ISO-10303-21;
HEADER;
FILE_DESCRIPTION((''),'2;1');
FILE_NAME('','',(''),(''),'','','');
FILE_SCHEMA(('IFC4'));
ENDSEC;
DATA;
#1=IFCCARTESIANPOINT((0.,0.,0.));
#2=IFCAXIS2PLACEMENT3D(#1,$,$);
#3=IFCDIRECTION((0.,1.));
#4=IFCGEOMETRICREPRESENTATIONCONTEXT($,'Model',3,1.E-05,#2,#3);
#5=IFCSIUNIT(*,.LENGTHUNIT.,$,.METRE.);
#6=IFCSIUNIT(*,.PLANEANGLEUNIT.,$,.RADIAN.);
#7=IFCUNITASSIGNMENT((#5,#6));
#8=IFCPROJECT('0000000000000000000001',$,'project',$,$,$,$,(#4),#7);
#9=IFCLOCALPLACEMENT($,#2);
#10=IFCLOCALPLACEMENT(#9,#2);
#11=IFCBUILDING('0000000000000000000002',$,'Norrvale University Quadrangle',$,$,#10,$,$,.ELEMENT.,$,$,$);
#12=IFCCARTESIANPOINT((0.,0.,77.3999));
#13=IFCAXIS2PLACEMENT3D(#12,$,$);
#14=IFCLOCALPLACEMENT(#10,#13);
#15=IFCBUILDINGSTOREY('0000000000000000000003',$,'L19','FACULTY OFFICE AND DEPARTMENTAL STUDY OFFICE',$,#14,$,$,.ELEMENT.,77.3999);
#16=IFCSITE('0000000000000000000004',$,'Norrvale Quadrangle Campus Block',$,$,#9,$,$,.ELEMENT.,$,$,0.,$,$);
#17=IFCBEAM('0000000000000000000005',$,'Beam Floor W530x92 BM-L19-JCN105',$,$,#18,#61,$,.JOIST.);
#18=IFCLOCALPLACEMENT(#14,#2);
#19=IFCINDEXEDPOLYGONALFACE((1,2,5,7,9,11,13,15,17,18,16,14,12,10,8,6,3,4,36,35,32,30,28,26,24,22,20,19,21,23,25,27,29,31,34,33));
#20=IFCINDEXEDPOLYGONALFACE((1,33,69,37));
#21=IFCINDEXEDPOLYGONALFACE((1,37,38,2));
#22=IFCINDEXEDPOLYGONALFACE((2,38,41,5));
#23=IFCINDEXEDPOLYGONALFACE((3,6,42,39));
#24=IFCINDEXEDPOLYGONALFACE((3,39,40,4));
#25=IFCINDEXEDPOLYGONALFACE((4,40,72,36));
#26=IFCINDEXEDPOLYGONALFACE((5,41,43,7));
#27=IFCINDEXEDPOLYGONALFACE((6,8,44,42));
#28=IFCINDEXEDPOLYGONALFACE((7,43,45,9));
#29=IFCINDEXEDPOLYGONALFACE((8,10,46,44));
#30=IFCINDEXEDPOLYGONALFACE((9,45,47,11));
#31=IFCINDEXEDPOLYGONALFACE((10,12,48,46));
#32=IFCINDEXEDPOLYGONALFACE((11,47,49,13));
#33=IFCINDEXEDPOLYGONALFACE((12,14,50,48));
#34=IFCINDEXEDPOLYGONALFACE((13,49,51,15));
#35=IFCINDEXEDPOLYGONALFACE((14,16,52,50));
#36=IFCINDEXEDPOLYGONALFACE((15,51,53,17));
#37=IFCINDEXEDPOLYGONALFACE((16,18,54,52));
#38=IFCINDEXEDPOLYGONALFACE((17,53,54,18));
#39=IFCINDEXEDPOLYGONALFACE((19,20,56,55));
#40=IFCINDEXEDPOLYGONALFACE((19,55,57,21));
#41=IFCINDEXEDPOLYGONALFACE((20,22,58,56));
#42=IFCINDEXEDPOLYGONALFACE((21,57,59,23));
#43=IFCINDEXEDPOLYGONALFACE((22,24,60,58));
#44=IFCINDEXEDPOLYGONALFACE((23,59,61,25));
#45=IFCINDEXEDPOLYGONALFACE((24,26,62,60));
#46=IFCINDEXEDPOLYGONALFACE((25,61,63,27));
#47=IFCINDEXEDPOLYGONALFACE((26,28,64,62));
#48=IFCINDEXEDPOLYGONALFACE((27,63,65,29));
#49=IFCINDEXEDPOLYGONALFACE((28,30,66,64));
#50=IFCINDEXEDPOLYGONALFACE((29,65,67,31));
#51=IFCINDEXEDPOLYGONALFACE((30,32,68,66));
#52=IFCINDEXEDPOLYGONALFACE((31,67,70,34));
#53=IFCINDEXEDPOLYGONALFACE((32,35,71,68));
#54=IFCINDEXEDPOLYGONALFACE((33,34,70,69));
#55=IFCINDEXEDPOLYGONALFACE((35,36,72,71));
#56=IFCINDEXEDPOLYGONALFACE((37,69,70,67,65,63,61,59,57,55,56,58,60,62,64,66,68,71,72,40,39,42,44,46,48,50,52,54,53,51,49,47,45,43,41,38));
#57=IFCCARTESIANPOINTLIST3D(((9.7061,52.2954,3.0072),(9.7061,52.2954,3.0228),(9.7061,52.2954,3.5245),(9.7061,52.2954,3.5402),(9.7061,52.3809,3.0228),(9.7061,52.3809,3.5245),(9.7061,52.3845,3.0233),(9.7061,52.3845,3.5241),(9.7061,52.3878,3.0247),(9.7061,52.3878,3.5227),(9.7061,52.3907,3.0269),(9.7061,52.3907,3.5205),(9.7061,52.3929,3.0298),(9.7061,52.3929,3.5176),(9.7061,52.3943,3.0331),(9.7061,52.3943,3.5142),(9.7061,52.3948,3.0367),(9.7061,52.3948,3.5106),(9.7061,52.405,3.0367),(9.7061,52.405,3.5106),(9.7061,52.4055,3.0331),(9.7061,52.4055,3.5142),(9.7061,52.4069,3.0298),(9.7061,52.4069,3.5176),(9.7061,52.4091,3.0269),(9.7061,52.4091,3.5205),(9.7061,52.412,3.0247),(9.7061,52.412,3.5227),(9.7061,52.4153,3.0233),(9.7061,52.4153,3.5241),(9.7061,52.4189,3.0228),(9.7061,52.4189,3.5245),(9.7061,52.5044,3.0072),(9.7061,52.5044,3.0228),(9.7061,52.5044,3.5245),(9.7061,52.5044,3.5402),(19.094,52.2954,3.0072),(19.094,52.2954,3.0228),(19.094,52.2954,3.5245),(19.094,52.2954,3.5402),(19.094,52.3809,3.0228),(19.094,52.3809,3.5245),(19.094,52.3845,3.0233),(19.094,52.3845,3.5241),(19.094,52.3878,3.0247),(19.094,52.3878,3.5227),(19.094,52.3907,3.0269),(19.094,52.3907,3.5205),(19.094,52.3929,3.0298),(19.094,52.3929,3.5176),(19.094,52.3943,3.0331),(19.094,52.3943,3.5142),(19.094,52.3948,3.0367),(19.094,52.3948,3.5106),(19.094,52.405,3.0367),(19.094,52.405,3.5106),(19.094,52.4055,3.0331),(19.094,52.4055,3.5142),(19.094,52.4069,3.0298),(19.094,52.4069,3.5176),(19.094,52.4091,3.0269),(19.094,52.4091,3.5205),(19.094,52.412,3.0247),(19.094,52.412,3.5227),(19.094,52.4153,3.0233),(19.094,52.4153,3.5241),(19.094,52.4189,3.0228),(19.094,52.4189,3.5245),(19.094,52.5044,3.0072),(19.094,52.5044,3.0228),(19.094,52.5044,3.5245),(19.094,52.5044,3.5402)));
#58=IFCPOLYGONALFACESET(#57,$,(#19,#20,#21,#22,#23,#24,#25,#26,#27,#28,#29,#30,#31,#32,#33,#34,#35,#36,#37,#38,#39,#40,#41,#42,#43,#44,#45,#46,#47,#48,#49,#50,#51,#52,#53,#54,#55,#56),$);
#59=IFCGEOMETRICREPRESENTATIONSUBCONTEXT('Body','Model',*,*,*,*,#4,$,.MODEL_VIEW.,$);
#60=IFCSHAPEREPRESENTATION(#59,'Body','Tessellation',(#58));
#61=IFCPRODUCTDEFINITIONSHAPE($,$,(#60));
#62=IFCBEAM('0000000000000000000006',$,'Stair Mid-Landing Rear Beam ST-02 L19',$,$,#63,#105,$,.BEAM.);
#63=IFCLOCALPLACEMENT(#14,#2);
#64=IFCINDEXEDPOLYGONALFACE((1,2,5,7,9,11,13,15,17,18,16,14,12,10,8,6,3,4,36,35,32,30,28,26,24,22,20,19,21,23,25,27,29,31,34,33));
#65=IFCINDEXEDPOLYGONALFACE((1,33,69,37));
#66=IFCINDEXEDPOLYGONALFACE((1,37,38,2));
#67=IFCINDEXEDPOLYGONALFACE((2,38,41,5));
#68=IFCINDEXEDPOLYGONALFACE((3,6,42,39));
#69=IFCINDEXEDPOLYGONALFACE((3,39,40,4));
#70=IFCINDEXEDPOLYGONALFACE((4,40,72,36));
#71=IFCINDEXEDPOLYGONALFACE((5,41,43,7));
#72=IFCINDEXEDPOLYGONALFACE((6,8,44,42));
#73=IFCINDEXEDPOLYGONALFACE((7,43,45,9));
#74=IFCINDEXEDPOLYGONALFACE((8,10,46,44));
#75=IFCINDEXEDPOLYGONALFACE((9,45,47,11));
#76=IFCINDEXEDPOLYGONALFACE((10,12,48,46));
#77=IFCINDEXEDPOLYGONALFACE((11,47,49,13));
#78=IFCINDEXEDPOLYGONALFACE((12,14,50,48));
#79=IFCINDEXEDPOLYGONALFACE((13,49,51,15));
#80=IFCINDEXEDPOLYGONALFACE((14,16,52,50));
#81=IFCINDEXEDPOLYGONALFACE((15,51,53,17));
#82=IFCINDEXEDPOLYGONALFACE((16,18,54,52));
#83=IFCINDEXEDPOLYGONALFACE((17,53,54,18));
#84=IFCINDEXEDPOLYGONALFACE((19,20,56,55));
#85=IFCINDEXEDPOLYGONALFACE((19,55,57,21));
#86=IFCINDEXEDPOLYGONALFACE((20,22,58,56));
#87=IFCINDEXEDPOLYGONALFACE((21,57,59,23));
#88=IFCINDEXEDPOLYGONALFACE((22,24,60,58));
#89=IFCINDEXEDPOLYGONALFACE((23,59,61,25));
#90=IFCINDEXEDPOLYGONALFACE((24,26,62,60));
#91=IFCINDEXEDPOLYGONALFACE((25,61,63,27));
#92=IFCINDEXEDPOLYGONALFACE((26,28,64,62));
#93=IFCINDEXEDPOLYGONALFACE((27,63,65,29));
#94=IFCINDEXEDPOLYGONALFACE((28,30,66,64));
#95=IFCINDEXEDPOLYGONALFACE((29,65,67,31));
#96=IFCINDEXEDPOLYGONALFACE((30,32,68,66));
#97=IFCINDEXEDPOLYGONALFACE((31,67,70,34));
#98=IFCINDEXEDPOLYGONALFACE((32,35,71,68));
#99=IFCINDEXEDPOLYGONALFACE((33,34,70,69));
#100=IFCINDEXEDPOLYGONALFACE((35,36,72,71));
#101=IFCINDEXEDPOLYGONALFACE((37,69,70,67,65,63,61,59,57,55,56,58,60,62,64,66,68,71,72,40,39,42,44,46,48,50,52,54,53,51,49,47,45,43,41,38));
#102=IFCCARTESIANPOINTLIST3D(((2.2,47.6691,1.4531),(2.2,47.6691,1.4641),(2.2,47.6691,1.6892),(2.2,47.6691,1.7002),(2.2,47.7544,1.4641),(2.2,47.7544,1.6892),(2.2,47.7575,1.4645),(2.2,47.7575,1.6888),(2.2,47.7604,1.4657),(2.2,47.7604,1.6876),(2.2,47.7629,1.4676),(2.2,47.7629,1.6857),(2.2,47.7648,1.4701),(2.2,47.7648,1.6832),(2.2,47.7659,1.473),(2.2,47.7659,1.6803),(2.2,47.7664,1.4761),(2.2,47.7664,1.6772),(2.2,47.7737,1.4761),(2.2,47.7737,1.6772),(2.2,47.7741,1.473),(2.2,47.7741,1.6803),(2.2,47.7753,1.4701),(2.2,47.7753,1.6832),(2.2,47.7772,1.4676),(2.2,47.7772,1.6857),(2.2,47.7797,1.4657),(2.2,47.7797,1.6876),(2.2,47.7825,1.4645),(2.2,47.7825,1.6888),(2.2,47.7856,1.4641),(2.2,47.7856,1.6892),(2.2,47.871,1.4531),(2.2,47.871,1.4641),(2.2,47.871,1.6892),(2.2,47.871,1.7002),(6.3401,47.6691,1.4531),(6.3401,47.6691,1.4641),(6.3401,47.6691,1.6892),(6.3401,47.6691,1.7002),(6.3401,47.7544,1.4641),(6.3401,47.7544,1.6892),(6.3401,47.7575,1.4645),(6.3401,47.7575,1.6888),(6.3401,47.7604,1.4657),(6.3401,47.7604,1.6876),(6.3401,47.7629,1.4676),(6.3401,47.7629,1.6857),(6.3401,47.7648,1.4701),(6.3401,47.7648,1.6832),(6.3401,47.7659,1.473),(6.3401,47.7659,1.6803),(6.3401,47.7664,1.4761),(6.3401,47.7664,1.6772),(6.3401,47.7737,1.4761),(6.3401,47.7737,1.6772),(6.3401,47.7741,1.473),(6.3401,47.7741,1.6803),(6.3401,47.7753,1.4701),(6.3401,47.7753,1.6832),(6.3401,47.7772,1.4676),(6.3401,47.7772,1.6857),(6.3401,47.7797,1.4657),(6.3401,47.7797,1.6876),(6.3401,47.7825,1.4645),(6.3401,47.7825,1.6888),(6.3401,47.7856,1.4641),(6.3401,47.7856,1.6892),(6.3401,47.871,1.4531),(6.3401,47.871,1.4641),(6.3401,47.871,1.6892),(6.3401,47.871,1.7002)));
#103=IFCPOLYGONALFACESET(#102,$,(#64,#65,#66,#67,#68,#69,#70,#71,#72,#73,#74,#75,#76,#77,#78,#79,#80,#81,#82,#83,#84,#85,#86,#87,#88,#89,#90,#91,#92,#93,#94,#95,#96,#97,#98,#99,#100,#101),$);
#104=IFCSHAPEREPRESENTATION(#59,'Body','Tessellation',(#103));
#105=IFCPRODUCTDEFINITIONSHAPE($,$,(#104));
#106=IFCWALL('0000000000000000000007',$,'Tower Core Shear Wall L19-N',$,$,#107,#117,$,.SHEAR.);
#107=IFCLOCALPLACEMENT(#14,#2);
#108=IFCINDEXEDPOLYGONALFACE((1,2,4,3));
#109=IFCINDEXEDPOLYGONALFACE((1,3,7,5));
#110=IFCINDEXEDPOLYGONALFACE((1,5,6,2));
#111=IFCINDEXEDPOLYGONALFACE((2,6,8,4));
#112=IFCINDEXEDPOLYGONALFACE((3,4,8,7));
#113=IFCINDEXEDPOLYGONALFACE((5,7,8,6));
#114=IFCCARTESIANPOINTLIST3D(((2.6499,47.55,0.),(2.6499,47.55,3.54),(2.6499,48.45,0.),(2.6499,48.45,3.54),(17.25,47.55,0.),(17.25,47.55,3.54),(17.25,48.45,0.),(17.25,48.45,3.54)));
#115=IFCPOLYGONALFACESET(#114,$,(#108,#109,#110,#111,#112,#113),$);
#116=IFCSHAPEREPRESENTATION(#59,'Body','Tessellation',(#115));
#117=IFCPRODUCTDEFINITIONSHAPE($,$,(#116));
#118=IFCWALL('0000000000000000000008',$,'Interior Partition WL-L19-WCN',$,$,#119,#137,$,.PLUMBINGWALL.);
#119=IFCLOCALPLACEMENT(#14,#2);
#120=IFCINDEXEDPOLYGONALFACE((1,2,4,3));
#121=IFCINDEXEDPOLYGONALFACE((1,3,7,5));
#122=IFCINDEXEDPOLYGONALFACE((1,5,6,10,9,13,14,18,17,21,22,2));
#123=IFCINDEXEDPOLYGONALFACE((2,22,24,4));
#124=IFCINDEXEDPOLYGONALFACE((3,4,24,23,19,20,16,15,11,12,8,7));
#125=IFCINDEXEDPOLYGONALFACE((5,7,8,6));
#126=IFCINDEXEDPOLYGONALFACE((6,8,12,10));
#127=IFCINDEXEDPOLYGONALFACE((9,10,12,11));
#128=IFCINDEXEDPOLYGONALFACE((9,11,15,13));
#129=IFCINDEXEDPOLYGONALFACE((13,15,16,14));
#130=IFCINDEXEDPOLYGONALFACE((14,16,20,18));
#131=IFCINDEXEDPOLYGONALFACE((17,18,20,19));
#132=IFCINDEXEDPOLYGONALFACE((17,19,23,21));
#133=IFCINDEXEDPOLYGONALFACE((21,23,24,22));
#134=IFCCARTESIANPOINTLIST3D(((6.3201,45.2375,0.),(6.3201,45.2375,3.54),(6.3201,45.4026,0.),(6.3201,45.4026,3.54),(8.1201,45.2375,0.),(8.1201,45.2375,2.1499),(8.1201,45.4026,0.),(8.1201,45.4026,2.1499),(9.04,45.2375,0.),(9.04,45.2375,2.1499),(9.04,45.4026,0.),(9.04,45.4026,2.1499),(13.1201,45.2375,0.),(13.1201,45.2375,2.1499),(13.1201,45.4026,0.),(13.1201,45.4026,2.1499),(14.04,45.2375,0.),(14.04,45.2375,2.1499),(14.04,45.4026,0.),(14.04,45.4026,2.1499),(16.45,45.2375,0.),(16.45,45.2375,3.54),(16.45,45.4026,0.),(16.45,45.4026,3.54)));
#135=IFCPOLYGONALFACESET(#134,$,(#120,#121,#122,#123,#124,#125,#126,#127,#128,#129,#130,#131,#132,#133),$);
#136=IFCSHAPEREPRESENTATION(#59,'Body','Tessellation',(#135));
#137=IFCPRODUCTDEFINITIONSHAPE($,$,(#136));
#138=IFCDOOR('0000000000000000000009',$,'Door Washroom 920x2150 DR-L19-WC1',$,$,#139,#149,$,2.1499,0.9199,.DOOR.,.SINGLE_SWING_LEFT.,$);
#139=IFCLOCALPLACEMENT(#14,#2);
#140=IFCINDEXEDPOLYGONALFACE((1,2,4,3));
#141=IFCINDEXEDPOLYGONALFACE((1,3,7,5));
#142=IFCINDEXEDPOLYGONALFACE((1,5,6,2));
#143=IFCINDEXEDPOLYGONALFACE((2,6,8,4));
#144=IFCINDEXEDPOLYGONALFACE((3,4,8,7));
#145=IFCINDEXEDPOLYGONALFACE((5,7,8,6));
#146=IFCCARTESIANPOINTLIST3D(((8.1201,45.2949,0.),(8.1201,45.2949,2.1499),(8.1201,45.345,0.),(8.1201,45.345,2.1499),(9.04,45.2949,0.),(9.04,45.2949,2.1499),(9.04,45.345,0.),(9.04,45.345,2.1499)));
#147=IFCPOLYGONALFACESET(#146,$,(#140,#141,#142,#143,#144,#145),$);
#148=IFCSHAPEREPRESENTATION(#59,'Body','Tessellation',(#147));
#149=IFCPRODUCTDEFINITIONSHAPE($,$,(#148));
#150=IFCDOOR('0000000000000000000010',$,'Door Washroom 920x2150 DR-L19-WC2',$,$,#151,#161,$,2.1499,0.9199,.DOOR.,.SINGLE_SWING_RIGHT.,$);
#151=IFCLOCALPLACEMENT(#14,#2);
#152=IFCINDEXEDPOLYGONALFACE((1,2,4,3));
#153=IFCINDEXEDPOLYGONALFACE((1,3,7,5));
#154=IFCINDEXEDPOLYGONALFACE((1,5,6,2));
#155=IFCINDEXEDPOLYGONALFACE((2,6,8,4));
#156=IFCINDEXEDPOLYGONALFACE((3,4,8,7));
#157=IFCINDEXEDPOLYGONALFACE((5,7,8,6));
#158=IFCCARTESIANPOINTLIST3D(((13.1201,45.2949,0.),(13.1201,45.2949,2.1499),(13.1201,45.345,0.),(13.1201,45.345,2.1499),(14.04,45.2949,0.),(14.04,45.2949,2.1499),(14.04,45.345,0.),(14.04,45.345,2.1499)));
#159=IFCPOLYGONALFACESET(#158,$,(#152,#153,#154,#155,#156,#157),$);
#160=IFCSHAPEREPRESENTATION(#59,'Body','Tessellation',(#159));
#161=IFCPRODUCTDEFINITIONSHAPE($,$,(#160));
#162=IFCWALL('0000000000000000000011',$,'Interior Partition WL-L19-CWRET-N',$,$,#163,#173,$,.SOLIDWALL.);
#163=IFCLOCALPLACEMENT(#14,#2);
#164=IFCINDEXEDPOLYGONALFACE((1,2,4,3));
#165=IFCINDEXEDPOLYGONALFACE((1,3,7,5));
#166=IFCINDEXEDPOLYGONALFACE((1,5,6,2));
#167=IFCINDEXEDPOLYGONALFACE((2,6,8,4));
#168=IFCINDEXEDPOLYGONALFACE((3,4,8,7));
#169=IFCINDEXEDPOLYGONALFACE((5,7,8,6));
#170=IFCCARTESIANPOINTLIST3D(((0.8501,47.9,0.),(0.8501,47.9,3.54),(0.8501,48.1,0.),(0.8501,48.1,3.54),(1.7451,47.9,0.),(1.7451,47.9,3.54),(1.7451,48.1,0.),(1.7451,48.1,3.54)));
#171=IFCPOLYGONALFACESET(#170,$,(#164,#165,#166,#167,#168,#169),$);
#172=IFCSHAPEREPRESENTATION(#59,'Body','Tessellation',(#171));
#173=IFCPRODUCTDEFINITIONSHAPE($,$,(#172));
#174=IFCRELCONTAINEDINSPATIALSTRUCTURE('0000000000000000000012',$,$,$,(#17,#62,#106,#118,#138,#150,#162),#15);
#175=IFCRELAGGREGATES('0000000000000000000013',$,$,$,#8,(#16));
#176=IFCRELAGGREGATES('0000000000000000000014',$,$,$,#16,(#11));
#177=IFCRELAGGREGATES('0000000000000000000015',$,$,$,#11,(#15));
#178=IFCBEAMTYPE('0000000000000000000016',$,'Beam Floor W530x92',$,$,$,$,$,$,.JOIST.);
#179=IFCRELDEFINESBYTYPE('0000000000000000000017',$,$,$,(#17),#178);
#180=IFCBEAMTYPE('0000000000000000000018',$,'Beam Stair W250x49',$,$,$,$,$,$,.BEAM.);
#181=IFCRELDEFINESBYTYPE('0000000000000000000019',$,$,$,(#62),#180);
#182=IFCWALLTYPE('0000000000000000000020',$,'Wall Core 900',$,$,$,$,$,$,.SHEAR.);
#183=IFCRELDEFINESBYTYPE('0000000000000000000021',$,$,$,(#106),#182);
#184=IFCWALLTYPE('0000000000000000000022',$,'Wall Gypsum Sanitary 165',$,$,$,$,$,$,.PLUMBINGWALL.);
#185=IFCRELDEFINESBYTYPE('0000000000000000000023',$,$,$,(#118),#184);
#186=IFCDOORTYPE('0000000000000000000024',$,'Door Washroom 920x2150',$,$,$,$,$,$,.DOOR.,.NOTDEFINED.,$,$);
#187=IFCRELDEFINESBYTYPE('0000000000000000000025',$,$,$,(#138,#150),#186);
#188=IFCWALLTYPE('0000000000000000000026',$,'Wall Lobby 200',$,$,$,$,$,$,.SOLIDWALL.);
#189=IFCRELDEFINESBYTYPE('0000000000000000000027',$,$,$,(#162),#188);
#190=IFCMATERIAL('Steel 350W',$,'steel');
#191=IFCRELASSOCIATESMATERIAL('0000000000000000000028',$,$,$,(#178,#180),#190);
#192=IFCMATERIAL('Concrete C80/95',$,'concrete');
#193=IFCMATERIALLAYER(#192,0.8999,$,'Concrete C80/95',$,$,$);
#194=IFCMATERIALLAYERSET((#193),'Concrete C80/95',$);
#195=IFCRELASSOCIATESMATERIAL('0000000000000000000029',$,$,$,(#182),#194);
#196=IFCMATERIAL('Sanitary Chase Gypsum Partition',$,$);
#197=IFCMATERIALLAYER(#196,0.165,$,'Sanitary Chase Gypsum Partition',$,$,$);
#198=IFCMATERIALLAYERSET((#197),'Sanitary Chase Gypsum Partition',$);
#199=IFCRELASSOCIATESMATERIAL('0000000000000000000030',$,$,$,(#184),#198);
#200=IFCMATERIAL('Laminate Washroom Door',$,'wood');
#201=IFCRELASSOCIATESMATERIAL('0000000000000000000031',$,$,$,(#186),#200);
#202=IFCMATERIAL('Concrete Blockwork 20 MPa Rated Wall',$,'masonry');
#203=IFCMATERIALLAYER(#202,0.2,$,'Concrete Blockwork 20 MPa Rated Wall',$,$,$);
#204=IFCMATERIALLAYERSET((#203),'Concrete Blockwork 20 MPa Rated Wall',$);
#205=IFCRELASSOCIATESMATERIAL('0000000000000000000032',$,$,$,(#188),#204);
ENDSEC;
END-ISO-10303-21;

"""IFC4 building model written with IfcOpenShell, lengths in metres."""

from ifc_helpers import new_model, si_unit, direction, frame, frame_2d, origin, origin_2d, place, context, subcontext, project, spatial, rectangle, i_section, extrude, material, layer, layer_set, material_profile, profile_set, type_object, element, fill, save


model = new_model("IFC4")

# Units and contexts
model_context = context("Model", 3, precision=1e-05, world=origin(), true_north=direction((0.0, 1.0)))
body_context = subcontext(model_context, "Body", "Model", "MODEL_VIEW")
ifc_project = project(units=[si_unit("LENGTHUNIT", "METRE"), si_unit("PLANEANGLEUNIT", "RADIAN")], contexts=[model_context])

# Site, building, storey
site_placement = place(None, origin())
site = spatial("IfcSite", under=ifc_project, at=site_placement, Name="Norrvale Quadrangle Campus Block", CompositionType="ELEMENT", RefElevation=0.0)
building_placement = place(site_placement, origin())
building = spatial("IfcBuilding", under=site, at=building_placement, Name="Norrvale University Quadrangle", CompositionType="ELEMENT")
storey_placement = place(building_placement, frame((0.0, 0.0, 77.3999)))
storey = spatial("IfcBuildingStorey", under=building, at=storey_placement, Name="L19", Description="FACULTY OFFICE AND DEPARTMENTAL STUDY OFFICE", CompositionType="ELEMENT", Elevation=77.3999)

# Shared definitions
ifc_material_1 = material(Name="Concrete C80/95", Category="concrete")

# Beams
ifc_material_2 = material(Name="Steel 350W", Category="steel")
ifc_material_profile_1 = material_profile(ifc_material_2, i_section(OverallWidth=0.209, OverallDepth=0.533, WebThickness=0.0103, FlangeThickness=0.0156, FilletRadius=0.0139, at=origin_2d()), Name="Steel 350W")
ifc_profile_set_1 = profile_set([ifc_material_profile_1], Name="Steel 350W")
beam_type_1 = type_object("IfcBeamType", Name="Beam Floor W530x92", PredefinedType="JOIST", material=ifc_profile_set_1)
beam_1_placement = place(storey_placement, frame((9.7061, 52.3999, 3.2737), z_axis=(1.0, 0.0, 0.0), x_axis=(0.0, 1.0, 0.0)))
element("IfcBeam", 1, at=beam_1_placement, inside=storey, type_object=beam_type_1, Name="Beam Floor W530x92 BM-L19-JCN105", PredefinedType="JOIST", context=body_context, shape_type="SweptSolid", body=[
    extrude(i_section(OverallWidth=0.209, OverallDepth=0.533, WebThickness=0.0103, FlangeThickness=0.0156, FilletRadius=0.0139, at=origin_2d()), origin(), (0.0, 0.0, 1.0), 9.3879),
])
ifc_material_profile_2 = material_profile(ifc_material_2, i_section(OverallWidth=0.2019, OverallDepth=0.2471, WebThickness=0.0073, FlangeThickness=0.011, FilletRadius=0.012, at=origin_2d()), Name="Steel 350W")
ifc_profile_set_2 = profile_set([ifc_material_profile_2], Name="Steel 350W")
beam_type_2 = type_object("IfcBeamType", Name="Beam Stair W250x49", PredefinedType="BEAM", material=ifc_profile_set_2)
beam_2_placement = place(storey_placement, frame((2.2, 47.77, 1.5767), z_axis=(1.0, 0.0, 0.0), x_axis=(0.0, 1.0, 0.0)))
element("IfcBeam", 2, at=beam_2_placement, inside=storey, type_object=beam_type_2, Name="Stair Mid-Landing Rear Beam ST-02 L19", PredefinedType="BEAM", context=body_context, shape_type="SweptSolid", body=[
    extrude(i_section(OverallWidth=0.2019, OverallDepth=0.2471, WebThickness=0.0073, FlangeThickness=0.011, FilletRadius=0.012, at=origin_2d()), origin(), (0.0, 0.0, 1.0), 4.1401),
])

# Wall
ifc_layer_1 = layer(ifc_material_1, 0.8999, Name="Concrete C80/95")
ifc_layer_set_1 = layer_set([ifc_layer_1], Name="Concrete C80/95")
wall_type_1 = type_object("IfcWallType", Name="Wall Core 900", PredefinedType="SHEAR", material=ifc_layer_set_1)
wall_1_placement = place(storey_placement, frame((2.6499, 48.0, 0.0), z_axis=(0.0, 0.0, 1.0), x_axis=(1.0, 0.0, 0.0)))
element("IfcWall", 3, at=wall_1_placement, inside=storey, type_object=wall_type_1, Name="Tower Core Shear Wall L19-N", PredefinedType="SHEAR", context=body_context, shape_type="SweptSolid", body=[
    extrude(rectangle(XDim=14.6001, YDim=0.8999, at=frame_2d((7.3, 0.0))), origin(), (0.0, 0.0, 1.0), 3.54),
])

# Wall, openings, doors
ifc_material_3 = material(Name="Sanitary Chase Gypsum Partition")
ifc_layer_2 = layer(ifc_material_3, 0.165, Name="Sanitary Chase Gypsum Partition")
ifc_layer_set_2 = layer_set([ifc_layer_2], Name="Sanitary Chase Gypsum Partition")
wall_type_2 = type_object("IfcWallType", Name="Wall Gypsum Sanitary 165", PredefinedType="PLUMBINGWALL", material=ifc_layer_set_2)
wall_2_placement = place(storey_placement, frame((6.3201, 45.3201, 0.0), z_axis=(0.0, 0.0, 1.0), x_axis=(1.0, 0.0, 0.0)))
wall_2 = element("IfcWall", 4, at=wall_2_placement, inside=storey, type_object=wall_type_2, Name="Interior Partition WL-L19-WCN", PredefinedType="PLUMBINGWALL", context=body_context, shape_type="SweptSolid", body=[
    extrude(rectangle(XDim=10.1299, YDim=0.165, at=frame_2d((5.0649, 0.0))), origin(), (0.0, 0.0, 1.0), 3.54),
])
opening_1_placement = place(wall_2_placement, frame((1.8, 0.0, 0.0)))
opening_1 = element("IfcOpeningElement", 5, at=opening_1_placement, cuts=wall_2, PredefinedType="OPENING", context=body_context, shape_type="SweptSolid", body=[
    extrude(rectangle(XDim=0.9199, YDim=2.1499, at=frame_2d((0.46, 1.075))), frame((0.0, 0.0945, 0.0), z_axis=(0.0, -1.0, 0.0), x_axis=(1.0, 0.0, 0.0)), (0.0, 0.0, 1.0), 0.189),
])
opening_2_placement = place(wall_2_placement, frame((6.8, 0.0, 0.0)))
opening_2 = element("IfcOpeningElement", 6, at=opening_2_placement, cuts=wall_2, PredefinedType="OPENING", context=body_context, shape_type="SweptSolid", body=[
    extrude(rectangle(XDim=0.9199, YDim=2.1499, at=frame_2d((0.46, 1.075))), frame((0.0, 0.0945, 0.0), z_axis=(0.0, -1.0, 0.0), x_axis=(1.0, 0.0, 0.0)), (0.0, 0.0, 1.0), 0.189),
])
ifc_material_4 = material(Name="Laminate Washroom Door", Category="wood")
door_type = type_object("IfcDoorType", Name="Door Washroom 920x2150", OperationType="NOTDEFINED", PredefinedType="DOOR", material=ifc_material_4)
door_1_placement = place(opening_1_placement, origin())
door_1 = element("IfcDoor", 7, at=door_1_placement, inside=storey, type_object=door_type, Name="Door Washroom 920x2150 DR-L19-WC1", OperationType="SINGLE_SWING_LEFT", OverallHeight=2.1499, OverallWidth=0.9199, PredefinedType="DOOR", context=body_context, shape_type="SweptSolid", body=[
    extrude(rectangle(XDim=0.9199, YDim=2.1499, at=frame_2d((0.46, 1.075))), frame((0.0, 0.0249, 0.0), z_axis=(0.0, -1.0, 0.0), x_axis=(1.0, 0.0, 0.0)), (0.0, 0.0, 1.0), 0.05),
])
fill(opening_1, door_1)
door_2_placement = place(opening_2_placement, origin())
door_2 = element("IfcDoor", 8, at=door_2_placement, inside=storey, type_object=door_type, Name="Door Washroom 920x2150 DR-L19-WC2", OperationType="SINGLE_SWING_RIGHT", OverallHeight=2.1499, OverallWidth=0.9199, PredefinedType="DOOR", context=body_context, shape_type="SweptSolid", body=[
    extrude(rectangle(XDim=0.9199, YDim=2.1499, at=frame_2d((0.46, 1.075))), frame((0.0, 0.0249, 0.0), z_axis=(0.0, -1.0, 0.0), x_axis=(1.0, 0.0, 0.0)), (0.0, 0.0, 1.0), 0.05),
])
fill(opening_2, door_2)

# Wall
ifc_material_5 = material(Name="Concrete Blockwork 20 MPa Rated Wall", Category="masonry")
ifc_layer_3 = layer(ifc_material_5, 0.2, Name="Concrete Blockwork 20 MPa Rated Wall")
ifc_layer_set_3 = layer_set([ifc_layer_3], Name="Concrete Blockwork 20 MPa Rated Wall")
wall_type_3 = type_object("IfcWallType", Name="Wall Lobby 200", PredefinedType="SOLIDWALL", material=ifc_layer_set_3)
wall_3_placement = place(storey_placement, frame((0.8501, 48.0, 0.0), z_axis=(0.0, 0.0, 1.0), x_axis=(1.0, 0.0, 0.0)))
element("IfcWall", 9, at=wall_3_placement, inside=storey, type_object=wall_type_3, Name="Interior Partition WL-L19-CWRET-N", PredefinedType="SOLIDWALL", context=body_context, shape_type="SweptSolid", body=[
    extrude(rectangle(XDim=0.895, YDim=0.2, at=frame_2d((0.4475, 0.0))), origin(), (0.0, 0.0, 1.0), 3.54),
])

save(model, "model.ifc")
